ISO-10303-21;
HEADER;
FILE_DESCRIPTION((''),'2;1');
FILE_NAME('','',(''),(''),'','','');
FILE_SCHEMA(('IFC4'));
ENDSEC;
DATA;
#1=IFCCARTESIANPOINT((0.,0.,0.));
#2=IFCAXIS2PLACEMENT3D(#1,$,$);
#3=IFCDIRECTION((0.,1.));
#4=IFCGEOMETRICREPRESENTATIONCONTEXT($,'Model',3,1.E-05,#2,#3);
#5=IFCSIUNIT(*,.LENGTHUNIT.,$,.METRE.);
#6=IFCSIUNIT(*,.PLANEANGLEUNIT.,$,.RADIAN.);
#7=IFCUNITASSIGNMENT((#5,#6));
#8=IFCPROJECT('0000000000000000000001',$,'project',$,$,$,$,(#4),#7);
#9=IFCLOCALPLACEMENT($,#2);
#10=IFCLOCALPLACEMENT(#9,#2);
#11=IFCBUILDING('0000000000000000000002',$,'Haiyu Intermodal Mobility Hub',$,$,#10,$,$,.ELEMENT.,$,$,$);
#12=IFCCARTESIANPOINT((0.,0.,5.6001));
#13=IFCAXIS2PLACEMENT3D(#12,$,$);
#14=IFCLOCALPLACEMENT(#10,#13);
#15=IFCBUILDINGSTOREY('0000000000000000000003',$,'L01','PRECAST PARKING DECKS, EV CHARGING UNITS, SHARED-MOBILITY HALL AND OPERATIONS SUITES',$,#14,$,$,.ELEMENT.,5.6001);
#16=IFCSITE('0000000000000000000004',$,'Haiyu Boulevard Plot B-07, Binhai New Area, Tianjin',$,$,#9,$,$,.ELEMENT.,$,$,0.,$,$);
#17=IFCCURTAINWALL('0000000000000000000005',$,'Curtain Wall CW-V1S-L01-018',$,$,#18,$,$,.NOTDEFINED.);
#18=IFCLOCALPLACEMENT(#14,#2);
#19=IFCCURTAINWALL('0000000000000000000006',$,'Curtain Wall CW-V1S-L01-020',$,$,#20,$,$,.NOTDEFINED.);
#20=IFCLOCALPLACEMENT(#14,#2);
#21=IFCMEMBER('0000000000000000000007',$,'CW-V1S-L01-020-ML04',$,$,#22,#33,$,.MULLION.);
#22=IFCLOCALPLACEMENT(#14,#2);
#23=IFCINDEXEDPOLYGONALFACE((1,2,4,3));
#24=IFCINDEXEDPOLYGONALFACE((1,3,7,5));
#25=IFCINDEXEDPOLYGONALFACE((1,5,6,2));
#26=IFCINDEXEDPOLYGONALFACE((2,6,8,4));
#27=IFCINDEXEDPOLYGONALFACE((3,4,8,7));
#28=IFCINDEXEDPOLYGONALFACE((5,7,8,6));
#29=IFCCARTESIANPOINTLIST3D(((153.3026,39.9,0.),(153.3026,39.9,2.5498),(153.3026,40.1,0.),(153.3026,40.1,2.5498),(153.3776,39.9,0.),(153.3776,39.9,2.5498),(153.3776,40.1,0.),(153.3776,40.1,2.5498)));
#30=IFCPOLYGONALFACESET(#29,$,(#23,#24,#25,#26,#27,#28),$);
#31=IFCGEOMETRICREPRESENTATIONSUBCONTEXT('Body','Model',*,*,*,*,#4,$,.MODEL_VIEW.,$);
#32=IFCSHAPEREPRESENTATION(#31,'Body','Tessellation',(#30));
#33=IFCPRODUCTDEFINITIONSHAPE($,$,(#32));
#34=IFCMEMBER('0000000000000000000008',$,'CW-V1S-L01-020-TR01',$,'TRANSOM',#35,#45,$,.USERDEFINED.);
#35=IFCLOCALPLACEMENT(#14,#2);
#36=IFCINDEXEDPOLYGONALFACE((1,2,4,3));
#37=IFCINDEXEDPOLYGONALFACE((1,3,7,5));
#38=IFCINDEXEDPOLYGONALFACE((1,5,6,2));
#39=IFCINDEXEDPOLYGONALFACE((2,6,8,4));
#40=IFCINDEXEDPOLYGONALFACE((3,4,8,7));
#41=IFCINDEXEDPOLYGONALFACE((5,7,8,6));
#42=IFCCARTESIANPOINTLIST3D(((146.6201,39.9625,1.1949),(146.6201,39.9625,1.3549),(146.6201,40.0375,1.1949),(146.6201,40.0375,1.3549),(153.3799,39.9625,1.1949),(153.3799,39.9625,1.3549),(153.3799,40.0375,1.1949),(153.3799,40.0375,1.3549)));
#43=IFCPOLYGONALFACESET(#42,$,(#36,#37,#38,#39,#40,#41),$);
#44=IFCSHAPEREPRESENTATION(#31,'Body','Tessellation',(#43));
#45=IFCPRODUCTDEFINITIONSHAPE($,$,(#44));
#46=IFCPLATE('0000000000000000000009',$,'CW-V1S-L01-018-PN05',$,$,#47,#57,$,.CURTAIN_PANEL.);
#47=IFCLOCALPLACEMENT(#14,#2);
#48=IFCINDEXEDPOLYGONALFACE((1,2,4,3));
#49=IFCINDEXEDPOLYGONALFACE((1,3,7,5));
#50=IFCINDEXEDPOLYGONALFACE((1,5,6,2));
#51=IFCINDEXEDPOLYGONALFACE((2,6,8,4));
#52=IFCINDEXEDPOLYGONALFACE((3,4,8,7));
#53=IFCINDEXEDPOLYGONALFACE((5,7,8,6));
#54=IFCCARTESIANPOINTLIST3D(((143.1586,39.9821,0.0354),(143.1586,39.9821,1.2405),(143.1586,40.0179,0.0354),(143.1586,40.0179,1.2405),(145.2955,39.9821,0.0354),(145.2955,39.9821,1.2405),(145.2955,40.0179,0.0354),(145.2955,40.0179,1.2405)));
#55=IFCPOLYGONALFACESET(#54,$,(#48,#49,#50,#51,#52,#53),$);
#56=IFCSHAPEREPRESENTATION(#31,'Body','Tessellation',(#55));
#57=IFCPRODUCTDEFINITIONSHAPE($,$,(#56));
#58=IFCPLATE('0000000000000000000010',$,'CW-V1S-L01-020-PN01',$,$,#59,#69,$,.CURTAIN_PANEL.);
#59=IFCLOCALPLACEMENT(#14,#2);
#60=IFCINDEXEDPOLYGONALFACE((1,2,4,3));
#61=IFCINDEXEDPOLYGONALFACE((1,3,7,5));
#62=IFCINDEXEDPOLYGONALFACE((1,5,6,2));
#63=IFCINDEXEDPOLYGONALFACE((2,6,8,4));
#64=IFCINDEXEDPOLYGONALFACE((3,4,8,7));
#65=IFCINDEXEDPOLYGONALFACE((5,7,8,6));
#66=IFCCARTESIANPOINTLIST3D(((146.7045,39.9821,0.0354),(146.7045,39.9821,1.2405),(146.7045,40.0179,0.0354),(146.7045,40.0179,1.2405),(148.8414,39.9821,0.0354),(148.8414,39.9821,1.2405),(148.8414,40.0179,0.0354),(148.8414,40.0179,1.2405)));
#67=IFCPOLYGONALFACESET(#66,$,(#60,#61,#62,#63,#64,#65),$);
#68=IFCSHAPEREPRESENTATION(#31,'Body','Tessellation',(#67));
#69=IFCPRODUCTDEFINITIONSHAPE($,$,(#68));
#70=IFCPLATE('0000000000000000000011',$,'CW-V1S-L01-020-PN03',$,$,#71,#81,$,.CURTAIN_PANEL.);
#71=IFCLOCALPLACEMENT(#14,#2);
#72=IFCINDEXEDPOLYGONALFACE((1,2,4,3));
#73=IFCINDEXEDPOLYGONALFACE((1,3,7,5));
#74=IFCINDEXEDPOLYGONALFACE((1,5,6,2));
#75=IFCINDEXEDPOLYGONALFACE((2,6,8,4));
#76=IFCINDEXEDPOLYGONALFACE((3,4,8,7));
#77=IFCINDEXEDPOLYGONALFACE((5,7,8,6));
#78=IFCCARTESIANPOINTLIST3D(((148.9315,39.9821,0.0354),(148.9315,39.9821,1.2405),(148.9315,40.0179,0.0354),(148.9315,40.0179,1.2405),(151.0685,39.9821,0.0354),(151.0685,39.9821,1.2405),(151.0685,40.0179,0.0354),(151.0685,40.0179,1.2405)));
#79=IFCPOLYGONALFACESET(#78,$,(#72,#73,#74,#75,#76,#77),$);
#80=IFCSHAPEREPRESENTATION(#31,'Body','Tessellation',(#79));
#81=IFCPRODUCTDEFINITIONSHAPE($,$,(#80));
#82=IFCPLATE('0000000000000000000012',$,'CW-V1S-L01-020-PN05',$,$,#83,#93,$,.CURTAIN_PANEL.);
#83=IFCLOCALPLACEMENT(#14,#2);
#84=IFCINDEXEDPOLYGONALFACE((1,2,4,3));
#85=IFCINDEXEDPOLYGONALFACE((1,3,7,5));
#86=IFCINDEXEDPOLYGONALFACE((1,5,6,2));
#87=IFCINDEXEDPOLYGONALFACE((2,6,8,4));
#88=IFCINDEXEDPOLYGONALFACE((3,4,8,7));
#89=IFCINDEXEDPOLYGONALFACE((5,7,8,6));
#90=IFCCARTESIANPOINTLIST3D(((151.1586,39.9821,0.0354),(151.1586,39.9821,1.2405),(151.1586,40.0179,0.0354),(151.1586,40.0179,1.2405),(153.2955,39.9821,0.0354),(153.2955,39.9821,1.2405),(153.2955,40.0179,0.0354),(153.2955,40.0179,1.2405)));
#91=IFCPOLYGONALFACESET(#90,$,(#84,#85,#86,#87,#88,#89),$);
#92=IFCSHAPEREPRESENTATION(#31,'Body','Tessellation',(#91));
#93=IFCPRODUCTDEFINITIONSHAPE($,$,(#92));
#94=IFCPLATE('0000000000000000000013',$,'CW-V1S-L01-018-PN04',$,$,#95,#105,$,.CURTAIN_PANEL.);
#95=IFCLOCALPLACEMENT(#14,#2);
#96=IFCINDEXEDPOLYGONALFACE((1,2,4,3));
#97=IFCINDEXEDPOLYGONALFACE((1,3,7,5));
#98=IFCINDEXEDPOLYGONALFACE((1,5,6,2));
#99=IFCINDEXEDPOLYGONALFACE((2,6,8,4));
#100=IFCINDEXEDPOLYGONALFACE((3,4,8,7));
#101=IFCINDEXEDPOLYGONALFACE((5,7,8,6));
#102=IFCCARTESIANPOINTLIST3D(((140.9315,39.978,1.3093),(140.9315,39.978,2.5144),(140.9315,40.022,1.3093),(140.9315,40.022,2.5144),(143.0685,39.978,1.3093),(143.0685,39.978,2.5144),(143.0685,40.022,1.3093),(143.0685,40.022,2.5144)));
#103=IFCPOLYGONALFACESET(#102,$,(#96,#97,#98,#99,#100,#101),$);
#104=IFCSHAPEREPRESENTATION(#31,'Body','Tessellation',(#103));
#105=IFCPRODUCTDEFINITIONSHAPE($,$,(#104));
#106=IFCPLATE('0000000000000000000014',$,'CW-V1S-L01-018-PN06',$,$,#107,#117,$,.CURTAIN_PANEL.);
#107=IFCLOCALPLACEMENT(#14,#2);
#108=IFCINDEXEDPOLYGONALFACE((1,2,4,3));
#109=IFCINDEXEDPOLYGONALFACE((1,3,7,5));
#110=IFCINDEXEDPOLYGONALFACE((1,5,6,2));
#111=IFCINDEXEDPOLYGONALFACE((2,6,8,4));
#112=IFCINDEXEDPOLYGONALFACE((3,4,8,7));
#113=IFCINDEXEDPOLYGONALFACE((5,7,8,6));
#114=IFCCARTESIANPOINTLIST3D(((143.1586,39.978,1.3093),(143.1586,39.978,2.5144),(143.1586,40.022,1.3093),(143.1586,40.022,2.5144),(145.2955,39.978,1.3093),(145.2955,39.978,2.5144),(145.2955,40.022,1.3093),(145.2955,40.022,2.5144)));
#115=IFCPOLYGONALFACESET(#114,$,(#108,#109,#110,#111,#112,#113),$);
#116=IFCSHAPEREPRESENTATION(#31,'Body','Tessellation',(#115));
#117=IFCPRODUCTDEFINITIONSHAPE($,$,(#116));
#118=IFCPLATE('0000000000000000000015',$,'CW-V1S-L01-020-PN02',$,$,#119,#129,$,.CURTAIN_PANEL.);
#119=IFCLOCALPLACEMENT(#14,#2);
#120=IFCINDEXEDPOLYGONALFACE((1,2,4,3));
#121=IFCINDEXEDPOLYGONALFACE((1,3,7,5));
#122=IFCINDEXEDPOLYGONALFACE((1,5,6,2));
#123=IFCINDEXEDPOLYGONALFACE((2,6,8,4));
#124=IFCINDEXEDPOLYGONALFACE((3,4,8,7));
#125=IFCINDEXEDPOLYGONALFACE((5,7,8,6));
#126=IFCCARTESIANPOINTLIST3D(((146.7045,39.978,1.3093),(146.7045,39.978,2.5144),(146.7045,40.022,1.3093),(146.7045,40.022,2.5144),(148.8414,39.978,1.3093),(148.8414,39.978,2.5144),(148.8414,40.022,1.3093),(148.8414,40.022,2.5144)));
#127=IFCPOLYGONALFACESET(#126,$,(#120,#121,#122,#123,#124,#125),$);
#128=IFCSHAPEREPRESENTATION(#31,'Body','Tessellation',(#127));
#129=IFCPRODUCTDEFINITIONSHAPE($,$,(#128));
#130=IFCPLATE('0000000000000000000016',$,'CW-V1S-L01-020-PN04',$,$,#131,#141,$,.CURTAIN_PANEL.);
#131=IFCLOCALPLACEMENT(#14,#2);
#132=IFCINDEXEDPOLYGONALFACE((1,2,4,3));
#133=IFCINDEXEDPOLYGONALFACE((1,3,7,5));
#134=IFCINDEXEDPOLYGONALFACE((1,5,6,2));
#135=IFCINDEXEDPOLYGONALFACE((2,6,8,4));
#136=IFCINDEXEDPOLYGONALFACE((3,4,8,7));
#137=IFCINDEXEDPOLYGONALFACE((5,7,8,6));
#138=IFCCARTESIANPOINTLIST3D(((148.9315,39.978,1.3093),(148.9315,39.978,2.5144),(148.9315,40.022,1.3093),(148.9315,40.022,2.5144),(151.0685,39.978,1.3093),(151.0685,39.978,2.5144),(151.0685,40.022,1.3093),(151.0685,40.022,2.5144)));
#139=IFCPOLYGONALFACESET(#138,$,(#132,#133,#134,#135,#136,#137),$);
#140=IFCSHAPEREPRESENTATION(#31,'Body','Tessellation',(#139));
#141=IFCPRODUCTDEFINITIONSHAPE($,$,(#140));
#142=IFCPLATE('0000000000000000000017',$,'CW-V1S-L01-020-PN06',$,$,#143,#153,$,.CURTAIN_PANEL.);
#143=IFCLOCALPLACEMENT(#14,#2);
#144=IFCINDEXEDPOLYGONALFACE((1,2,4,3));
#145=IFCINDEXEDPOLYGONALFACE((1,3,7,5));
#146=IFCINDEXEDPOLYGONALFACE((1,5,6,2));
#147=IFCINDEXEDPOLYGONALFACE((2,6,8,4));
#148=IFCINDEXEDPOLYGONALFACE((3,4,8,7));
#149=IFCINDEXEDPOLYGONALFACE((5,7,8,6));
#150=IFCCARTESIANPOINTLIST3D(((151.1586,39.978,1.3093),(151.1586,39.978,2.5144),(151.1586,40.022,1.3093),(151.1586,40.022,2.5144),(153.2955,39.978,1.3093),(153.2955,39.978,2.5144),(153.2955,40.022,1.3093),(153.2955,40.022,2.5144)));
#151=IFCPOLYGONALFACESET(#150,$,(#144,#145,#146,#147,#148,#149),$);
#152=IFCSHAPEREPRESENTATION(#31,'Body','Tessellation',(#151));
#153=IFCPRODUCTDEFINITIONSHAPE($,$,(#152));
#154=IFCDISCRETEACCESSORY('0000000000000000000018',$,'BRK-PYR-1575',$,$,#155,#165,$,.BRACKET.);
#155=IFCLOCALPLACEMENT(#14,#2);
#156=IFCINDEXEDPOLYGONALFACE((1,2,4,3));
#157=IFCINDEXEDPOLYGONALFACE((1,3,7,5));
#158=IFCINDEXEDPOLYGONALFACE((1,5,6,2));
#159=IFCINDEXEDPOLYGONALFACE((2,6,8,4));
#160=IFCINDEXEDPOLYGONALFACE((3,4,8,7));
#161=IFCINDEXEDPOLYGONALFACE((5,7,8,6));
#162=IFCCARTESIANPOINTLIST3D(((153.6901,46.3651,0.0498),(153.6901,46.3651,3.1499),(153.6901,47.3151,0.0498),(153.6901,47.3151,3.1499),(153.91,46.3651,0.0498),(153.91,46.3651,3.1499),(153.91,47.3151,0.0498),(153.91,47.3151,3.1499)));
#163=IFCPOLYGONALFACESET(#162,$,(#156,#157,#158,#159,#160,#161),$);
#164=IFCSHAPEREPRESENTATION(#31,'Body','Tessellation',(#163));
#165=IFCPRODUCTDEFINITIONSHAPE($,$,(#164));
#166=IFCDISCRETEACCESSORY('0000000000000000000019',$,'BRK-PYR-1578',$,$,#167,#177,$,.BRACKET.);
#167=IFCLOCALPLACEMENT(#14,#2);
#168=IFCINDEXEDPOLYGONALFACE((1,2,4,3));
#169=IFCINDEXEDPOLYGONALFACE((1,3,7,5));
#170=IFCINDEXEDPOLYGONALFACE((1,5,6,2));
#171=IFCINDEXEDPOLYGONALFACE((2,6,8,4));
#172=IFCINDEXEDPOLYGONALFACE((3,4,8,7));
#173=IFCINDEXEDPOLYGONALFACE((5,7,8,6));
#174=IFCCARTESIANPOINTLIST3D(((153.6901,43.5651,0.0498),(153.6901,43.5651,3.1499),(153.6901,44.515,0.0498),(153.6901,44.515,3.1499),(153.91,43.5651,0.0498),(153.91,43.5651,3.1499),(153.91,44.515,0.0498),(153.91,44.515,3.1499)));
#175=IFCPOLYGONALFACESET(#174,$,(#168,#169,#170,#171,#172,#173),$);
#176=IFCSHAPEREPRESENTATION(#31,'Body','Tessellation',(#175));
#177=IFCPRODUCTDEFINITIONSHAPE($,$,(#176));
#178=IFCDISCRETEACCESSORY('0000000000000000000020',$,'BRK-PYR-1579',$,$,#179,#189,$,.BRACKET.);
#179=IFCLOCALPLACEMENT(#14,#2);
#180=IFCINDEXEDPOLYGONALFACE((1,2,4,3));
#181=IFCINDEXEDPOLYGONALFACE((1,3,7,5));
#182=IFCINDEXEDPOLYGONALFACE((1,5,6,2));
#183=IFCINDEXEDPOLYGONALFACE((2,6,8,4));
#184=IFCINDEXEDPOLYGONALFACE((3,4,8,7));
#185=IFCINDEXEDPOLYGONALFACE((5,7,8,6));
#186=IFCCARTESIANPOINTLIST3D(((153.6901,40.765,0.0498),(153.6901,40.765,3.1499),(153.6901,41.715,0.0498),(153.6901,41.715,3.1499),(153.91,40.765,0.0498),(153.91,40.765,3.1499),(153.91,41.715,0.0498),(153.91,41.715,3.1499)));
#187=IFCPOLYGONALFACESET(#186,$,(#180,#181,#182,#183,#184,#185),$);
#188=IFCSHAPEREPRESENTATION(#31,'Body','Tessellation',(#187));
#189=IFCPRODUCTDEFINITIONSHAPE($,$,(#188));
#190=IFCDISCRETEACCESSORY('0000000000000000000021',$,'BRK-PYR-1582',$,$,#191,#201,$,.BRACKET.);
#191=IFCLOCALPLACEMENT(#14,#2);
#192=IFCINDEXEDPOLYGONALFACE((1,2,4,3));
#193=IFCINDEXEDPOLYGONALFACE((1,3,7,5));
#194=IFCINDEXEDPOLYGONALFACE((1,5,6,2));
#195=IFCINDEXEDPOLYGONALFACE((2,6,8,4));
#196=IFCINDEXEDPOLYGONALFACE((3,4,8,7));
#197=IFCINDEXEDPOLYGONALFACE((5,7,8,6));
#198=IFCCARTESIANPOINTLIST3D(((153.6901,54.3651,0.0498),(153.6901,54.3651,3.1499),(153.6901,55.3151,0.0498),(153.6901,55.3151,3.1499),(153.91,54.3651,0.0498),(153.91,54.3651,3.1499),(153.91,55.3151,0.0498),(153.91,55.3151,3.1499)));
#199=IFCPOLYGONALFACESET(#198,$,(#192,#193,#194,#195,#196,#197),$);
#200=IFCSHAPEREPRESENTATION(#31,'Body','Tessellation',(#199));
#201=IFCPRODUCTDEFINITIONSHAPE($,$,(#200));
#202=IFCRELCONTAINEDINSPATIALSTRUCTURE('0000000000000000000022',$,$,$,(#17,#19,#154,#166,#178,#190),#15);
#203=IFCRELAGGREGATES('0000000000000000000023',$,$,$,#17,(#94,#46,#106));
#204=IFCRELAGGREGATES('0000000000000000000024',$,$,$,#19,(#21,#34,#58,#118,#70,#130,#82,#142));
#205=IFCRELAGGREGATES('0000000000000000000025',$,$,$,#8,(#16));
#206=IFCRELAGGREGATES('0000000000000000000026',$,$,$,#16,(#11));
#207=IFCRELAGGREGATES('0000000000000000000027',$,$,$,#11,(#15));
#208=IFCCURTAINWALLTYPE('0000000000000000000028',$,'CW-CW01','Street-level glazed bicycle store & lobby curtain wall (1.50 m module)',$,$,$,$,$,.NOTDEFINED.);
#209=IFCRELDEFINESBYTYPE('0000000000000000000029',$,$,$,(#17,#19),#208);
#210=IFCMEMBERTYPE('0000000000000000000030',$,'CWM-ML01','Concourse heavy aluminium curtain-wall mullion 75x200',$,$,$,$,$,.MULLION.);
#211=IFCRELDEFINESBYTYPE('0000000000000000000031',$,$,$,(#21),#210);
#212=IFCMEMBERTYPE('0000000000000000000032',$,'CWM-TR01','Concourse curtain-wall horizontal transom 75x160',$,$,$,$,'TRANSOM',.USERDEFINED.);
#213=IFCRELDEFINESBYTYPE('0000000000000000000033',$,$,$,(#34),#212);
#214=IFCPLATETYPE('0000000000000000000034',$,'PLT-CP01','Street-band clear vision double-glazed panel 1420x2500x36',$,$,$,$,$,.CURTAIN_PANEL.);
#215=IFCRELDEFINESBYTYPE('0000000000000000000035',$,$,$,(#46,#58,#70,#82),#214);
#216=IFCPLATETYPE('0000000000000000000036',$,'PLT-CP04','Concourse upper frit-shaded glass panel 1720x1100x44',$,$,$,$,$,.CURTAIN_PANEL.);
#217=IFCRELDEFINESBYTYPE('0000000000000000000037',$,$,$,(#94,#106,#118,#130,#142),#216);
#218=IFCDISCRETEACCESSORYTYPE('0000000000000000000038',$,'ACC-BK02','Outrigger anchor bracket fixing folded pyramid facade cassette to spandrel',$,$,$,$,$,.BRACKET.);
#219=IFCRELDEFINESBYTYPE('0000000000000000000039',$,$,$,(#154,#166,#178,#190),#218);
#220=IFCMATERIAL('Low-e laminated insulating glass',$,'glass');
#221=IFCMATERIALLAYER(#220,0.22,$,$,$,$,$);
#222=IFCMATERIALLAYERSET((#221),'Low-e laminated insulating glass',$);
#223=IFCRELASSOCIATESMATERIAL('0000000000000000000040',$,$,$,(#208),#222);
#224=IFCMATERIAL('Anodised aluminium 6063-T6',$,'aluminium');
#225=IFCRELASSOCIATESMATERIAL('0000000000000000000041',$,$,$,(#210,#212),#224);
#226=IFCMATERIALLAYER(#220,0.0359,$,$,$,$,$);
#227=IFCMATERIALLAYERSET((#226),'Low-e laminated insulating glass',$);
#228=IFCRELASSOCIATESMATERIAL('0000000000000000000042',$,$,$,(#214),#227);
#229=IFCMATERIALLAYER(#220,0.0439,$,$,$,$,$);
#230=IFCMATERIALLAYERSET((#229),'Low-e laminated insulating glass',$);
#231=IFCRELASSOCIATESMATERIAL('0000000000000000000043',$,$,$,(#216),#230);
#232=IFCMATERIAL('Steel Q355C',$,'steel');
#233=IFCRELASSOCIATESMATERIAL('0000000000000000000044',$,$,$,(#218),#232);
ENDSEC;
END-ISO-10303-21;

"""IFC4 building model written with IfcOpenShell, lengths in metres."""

from ifc_helpers import new_model, si_unit, direction, frame, origin, origin_2d, place, context, subcontext, project, spatial, rectangle, extrude, material, layer, layer_set, material_profile, profile_set, type_object, element, aggregate, save


model = new_model("IFC4")

# Units and contexts
model_context = context("Model", 3, precision=1e-05, world=origin(), true_north=direction((0.0, 1.0)))
body_context = subcontext(model_context, "Body", "Model", "MODEL_VIEW")
ifc_project = project(units=[si_unit("LENGTHUNIT", "METRE"), si_unit("PLANEANGLEUNIT", "RADIAN")], contexts=[model_context])

# Site, building, storey
site_placement = place(None, origin())
site = spatial("IfcSite", under=ifc_project, at=site_placement, Name="Haiyu Boulevard Plot B-07, Binhai New Area, Tianjin", CompositionType="ELEMENT", RefElevation=0.0)
building_placement = place(site_placement, origin())
building = spatial("IfcBuilding", under=site, at=building_placement, Name="Haiyu Intermodal Mobility Hub", CompositionType="ELEMENT")
storey_placement = place(building_placement, frame((0.0, 0.0, 5.6001)))
storey = spatial("IfcBuildingStorey", under=building, at=storey_placement, Name="L01", Description="PRECAST PARKING DECKS, EV CHARGING UNITS, SHARED-MOBILITY HALL AND OPERATIONS SUITES", CompositionType="ELEMENT", Elevation=5.6001)

# Shared definitions
ifc_material_1 = material(Name="Steel Q355C", Category="steel")

# Curtain walls, members
ifc_material_2 = material(Name="Low-e laminated insulating glass", Category="glass")
ifc_layer_1 = layer(ifc_material_2, 0.22)
ifc_layer_set_1 = layer_set([ifc_layer_1], Name="Low-e laminated insulating glass")
curtain_wall_type = type_object("IfcCurtainWallType", Name="CW-CW01", Description="Street-level glazed bicycle store & lobby curtain wall (1.50 m module)", PredefinedType="NOTDEFINED", material=ifc_layer_set_1)
curtain_wall_1_placement = place(storey_placement, origin())
curtain_wall_1 = element("IfcCurtainWall", 1, at=curtain_wall_1_placement, inside=storey, type_object=curtain_wall_type, Name="Curtain Wall CW-V1S-L01-018", PredefinedType="NOTDEFINED")
ifc_material_3 = material(Name="Anodised aluminium 6063-T6", Category="aluminium")
ifc_material_profile_1 = material_profile(ifc_material_3, rectangle(XDim=0.075, YDim=0.2, at=origin_2d()), Name="ALU75x200")
ifc_profile_set_1 = profile_set([ifc_material_profile_1], Name="Anodised aluminium 6063-T6")
member_type_1 = type_object("IfcMemberType", Name="CWM-ML01", Description="Concourse heavy aluminium curtain-wall mullion 75x200", PredefinedType="MULLION", material=ifc_profile_set_1)
curtain_wall_2_placement = place(storey_placement, origin())
curtain_wall_2 = element("IfcCurtainWall", 2, at=curtain_wall_2_placement, inside=storey, type_object=curtain_wall_type, Name="Curtain Wall CW-V1S-L01-020", PredefinedType="NOTDEFINED")
member_1_placement = place(storey_placement, frame((153.3401, 40.0, 0.0), z_axis=(0.0, 0.0, 1.0), x_axis=(1.0, 0.0, 0.0)))
member_1 = element("IfcMember", 3, at=member_1_placement, type_object=member_type_1, Name="CW-V1S-L01-020-ML04", PredefinedType="MULLION", context=body_context, shape_type="SweptSolid", body=[
    extrude(rectangle(XDim=0.075, YDim=0.2, at=origin_2d()), origin(), (0.0, 0.0, 1.0), 2.5498),
])
ifc_material_profile_2 = material_profile(ifc_material_3, rectangle(XDim=0.075, YDim=0.1599, at=origin_2d()), Name="ALU75x160")
ifc_profile_set_2 = profile_set([ifc_material_profile_2], Name="Anodised aluminium 6063-T6")
member_type_2 = type_object("IfcMemberType", Name="CWM-TR01", Description="Concourse curtain-wall horizontal transom 75x160", ElementType="TRANSOM", PredefinedType="USERDEFINED", material=ifc_profile_set_2)
member_2_placement = place(storey_placement, frame((146.6201, 40.0, 1.2749), z_axis=(1.0, 0.0, 0.0), x_axis=(0.0, 1.0, 0.0)))
member_2 = element("IfcMember", 4, at=member_2_placement, type_object=member_type_2, Name="CW-V1S-L01-020-TR01", ObjectType="TRANSOM", PredefinedType="USERDEFINED", context=body_context, shape_type="SweptSolid", body=[
    extrude(rectangle(XDim=0.075, YDim=0.1599, at=origin_2d()), origin(), (0.0, 0.0, 1.0), 6.7598),
])

# Plates
ifc_layer_2 = layer(ifc_material_2, 0.0359)
ifc_layer_set_2 = layer_set([ifc_layer_2], Name="Low-e laminated insulating glass")
plate_type_1 = type_object("IfcPlateType", Name="PLT-CP01", Description="Street-band clear vision double-glazed panel 1420x2500x36", PredefinedType="CURTAIN_PANEL", material=ifc_layer_set_2)
plate_1_placement = place(storey_placement, frame((144.2271, 40.0, 0.0354), z_axis=(0.0, 0.0, 1.0), x_axis=(1.0, 0.0, 0.0)))
plate_1 = element("IfcPlate", 5, at=plate_1_placement, type_object=plate_type_1, Name="CW-V1S-L01-018-PN05", PredefinedType="CURTAIN_PANEL", context=body_context, shape_type="SweptSolid", body=[
    extrude(rectangle(XDim=2.137, YDim=0.0359, at=origin_2d()), origin(), (0.0, 0.0, 1.0), 1.2051),
])
plate_2_placement = place(storey_placement, frame((147.7729, 40.0, 0.0354), z_axis=(0.0, 0.0, 1.0), x_axis=(1.0, 0.0, 0.0)))
plate_2 = element("IfcPlate", 6, at=plate_2_placement, type_object=plate_type_1, Name="CW-V1S-L01-020-PN01", PredefinedType="CURTAIN_PANEL", context=body_context, shape_type="SweptSolid", body=[
    extrude(rectangle(XDim=2.137, YDim=0.0359, at=origin_2d()), origin(), (0.0, 0.0, 1.0), 1.2051),
])
plate_3_placement = place(storey_placement, frame((150.0, 40.0, 0.0354), z_axis=(0.0, 0.0, 1.0), x_axis=(1.0, 0.0, 0.0)))
plate_3 = element("IfcPlate", 7, at=plate_3_placement, type_object=plate_type_1, Name="CW-V1S-L01-020-PN03", PredefinedType="CURTAIN_PANEL", context=body_context, shape_type="SweptSolid", body=[
    extrude(rectangle(XDim=2.137, YDim=0.0359, at=origin_2d()), origin(), (0.0, 0.0, 1.0), 1.2051),
])
plate_4_placement = place(storey_placement, frame((152.2271, 40.0, 0.0354), z_axis=(0.0, 0.0, 1.0), x_axis=(1.0, 0.0, 0.0)))
plate_4 = element("IfcPlate", 8, at=plate_4_placement, type_object=plate_type_1, Name="CW-V1S-L01-020-PN05", PredefinedType="CURTAIN_PANEL", context=body_context, shape_type="SweptSolid", body=[
    extrude(rectangle(XDim=2.137, YDim=0.0359, at=origin_2d()), origin(), (0.0, 0.0, 1.0), 1.2051),
])
ifc_layer_3 = layer(ifc_material_2, 0.0439)
ifc_layer_set_3 = layer_set([ifc_layer_3], Name="Low-e laminated insulating glass")
plate_type_2 = type_object("IfcPlateType", Name="PLT-CP04", Description="Concourse upper frit-shaded glass panel 1720x1100x44", PredefinedType="CURTAIN_PANEL", material=ifc_layer_set_3)
plate_5_placement = place(storey_placement, frame((142.0, 40.0, 1.3093), z_axis=(0.0, 0.0, 1.0), x_axis=(1.0, 0.0, 0.0)))
plate_5 = element("IfcPlate", 9, at=plate_5_placement, type_object=plate_type_2, Name="CW-V1S-L01-018-PN04", PredefinedType="CURTAIN_PANEL", context=body_context, shape_type="SweptSolid", body=[
    extrude(rectangle(XDim=2.137, YDim=0.0439, at=origin_2d()), origin(), (0.0, 0.0, 1.0), 1.2051),
])
plate_6_placement = place(storey_placement, frame((144.2271, 40.0, 1.3093), z_axis=(0.0, 0.0, 1.0), x_axis=(1.0, 0.0, 0.0)))
plate_6 = element("IfcPlate", 10, at=plate_6_placement, type_object=plate_type_2, Name="CW-V1S-L01-018-PN06", PredefinedType="CURTAIN_PANEL", context=body_context, shape_type="SweptSolid", body=[
    extrude(rectangle(XDim=2.137, YDim=0.0439, at=origin_2d()), origin(), (0.0, 0.0, 1.0), 1.2051),
])
aggregate(curtain_wall_1, [plate_5, plate_1, plate_6])
plate_7_placement = place(storey_placement, frame((147.7729, 40.0, 1.3093), z_axis=(0.0, 0.0, 1.0), x_axis=(1.0, 0.0, 0.0)))
plate_7 = element("IfcPlate", 11, at=plate_7_placement, type_object=plate_type_2, Name="CW-V1S-L01-020-PN02", PredefinedType="CURTAIN_PANEL", context=body_context, shape_type="SweptSolid", body=[
    extrude(rectangle(XDim=2.137, YDim=0.0439, at=origin_2d()), origin(), (0.0, 0.0, 1.0), 1.2051),
])
plate_8_placement = place(storey_placement, frame((150.0, 40.0, 1.3093), z_axis=(0.0, 0.0, 1.0), x_axis=(1.0, 0.0, 0.0)))
plate_8 = element("IfcPlate", 12, at=plate_8_placement, type_object=plate_type_2, Name="CW-V1S-L01-020-PN04", PredefinedType="CURTAIN_PANEL", context=body_context, shape_type="SweptSolid", body=[
    extrude(rectangle(XDim=2.137, YDim=0.0439, at=origin_2d()), origin(), (0.0, 0.0, 1.0), 1.2051),
])
plate_9_placement = place(storey_placement, frame((152.2271, 40.0, 1.3093), z_axis=(0.0, 0.0, 1.0), x_axis=(1.0, 0.0, 0.0)))
plate_9 = element("IfcPlate", 13, at=plate_9_placement, type_object=plate_type_2, Name="CW-V1S-L01-020-PN06", PredefinedType="CURTAIN_PANEL", context=body_context, shape_type="SweptSolid", body=[
    extrude(rectangle(XDim=2.137, YDim=0.0439, at=origin_2d()), origin(), (0.0, 0.0, 1.0), 1.2051),
])
aggregate(curtain_wall_2, [member_1, member_2, plate_2, plate_7, plate_3, plate_8, plate_4, plate_9])

# Discrete accessories
discrete_accessory_type = type_object("IfcDiscreteAccessoryType", Name="ACC-BK02", Description="Outrigger anchor bracket fixing folded pyramid facade cassette to spandrel", PredefinedType="BRACKET", material=ifc_material_1)
for number, where, z_axis, x_axis, name in (
    (14, (153.8, 46.8401, 0.0498), (0.0, 0.0, 1.0), (1.0, 0.0, 0.0), "BRK-PYR-1575"),
    (15, (153.8, 44.04, 0.0498), (0.0, 0.0, 1.0), (1.0, 0.0, 0.0), "BRK-PYR-1578"),
    (16, (153.8, 41.24, 0.0498), (0.0, 0.0, 1.0), (1.0, 0.0, 0.0), "BRK-PYR-1579"),
    (17, (153.8, 54.8401, 0.0498), (0.0, 0.0, 1.0), (1.0, 0.0, 0.0), "BRK-PYR-1582"),
):
    element("IfcDiscreteAccessory", number, at=place(storey_placement, frame(where, z_axis=z_axis, x_axis=x_axis)), inside=storey, type_object=discrete_accessory_type, Name=name, PredefinedType="BRACKET", context=body_context, shape_type="SweptSolid", body=[
        extrude(rectangle(XDim=0.22, YDim=0.95, at=origin_2d()), origin(), (0.0, 0.0, 1.0), 3.1001),
    ])

save(model, "model.ifc")
